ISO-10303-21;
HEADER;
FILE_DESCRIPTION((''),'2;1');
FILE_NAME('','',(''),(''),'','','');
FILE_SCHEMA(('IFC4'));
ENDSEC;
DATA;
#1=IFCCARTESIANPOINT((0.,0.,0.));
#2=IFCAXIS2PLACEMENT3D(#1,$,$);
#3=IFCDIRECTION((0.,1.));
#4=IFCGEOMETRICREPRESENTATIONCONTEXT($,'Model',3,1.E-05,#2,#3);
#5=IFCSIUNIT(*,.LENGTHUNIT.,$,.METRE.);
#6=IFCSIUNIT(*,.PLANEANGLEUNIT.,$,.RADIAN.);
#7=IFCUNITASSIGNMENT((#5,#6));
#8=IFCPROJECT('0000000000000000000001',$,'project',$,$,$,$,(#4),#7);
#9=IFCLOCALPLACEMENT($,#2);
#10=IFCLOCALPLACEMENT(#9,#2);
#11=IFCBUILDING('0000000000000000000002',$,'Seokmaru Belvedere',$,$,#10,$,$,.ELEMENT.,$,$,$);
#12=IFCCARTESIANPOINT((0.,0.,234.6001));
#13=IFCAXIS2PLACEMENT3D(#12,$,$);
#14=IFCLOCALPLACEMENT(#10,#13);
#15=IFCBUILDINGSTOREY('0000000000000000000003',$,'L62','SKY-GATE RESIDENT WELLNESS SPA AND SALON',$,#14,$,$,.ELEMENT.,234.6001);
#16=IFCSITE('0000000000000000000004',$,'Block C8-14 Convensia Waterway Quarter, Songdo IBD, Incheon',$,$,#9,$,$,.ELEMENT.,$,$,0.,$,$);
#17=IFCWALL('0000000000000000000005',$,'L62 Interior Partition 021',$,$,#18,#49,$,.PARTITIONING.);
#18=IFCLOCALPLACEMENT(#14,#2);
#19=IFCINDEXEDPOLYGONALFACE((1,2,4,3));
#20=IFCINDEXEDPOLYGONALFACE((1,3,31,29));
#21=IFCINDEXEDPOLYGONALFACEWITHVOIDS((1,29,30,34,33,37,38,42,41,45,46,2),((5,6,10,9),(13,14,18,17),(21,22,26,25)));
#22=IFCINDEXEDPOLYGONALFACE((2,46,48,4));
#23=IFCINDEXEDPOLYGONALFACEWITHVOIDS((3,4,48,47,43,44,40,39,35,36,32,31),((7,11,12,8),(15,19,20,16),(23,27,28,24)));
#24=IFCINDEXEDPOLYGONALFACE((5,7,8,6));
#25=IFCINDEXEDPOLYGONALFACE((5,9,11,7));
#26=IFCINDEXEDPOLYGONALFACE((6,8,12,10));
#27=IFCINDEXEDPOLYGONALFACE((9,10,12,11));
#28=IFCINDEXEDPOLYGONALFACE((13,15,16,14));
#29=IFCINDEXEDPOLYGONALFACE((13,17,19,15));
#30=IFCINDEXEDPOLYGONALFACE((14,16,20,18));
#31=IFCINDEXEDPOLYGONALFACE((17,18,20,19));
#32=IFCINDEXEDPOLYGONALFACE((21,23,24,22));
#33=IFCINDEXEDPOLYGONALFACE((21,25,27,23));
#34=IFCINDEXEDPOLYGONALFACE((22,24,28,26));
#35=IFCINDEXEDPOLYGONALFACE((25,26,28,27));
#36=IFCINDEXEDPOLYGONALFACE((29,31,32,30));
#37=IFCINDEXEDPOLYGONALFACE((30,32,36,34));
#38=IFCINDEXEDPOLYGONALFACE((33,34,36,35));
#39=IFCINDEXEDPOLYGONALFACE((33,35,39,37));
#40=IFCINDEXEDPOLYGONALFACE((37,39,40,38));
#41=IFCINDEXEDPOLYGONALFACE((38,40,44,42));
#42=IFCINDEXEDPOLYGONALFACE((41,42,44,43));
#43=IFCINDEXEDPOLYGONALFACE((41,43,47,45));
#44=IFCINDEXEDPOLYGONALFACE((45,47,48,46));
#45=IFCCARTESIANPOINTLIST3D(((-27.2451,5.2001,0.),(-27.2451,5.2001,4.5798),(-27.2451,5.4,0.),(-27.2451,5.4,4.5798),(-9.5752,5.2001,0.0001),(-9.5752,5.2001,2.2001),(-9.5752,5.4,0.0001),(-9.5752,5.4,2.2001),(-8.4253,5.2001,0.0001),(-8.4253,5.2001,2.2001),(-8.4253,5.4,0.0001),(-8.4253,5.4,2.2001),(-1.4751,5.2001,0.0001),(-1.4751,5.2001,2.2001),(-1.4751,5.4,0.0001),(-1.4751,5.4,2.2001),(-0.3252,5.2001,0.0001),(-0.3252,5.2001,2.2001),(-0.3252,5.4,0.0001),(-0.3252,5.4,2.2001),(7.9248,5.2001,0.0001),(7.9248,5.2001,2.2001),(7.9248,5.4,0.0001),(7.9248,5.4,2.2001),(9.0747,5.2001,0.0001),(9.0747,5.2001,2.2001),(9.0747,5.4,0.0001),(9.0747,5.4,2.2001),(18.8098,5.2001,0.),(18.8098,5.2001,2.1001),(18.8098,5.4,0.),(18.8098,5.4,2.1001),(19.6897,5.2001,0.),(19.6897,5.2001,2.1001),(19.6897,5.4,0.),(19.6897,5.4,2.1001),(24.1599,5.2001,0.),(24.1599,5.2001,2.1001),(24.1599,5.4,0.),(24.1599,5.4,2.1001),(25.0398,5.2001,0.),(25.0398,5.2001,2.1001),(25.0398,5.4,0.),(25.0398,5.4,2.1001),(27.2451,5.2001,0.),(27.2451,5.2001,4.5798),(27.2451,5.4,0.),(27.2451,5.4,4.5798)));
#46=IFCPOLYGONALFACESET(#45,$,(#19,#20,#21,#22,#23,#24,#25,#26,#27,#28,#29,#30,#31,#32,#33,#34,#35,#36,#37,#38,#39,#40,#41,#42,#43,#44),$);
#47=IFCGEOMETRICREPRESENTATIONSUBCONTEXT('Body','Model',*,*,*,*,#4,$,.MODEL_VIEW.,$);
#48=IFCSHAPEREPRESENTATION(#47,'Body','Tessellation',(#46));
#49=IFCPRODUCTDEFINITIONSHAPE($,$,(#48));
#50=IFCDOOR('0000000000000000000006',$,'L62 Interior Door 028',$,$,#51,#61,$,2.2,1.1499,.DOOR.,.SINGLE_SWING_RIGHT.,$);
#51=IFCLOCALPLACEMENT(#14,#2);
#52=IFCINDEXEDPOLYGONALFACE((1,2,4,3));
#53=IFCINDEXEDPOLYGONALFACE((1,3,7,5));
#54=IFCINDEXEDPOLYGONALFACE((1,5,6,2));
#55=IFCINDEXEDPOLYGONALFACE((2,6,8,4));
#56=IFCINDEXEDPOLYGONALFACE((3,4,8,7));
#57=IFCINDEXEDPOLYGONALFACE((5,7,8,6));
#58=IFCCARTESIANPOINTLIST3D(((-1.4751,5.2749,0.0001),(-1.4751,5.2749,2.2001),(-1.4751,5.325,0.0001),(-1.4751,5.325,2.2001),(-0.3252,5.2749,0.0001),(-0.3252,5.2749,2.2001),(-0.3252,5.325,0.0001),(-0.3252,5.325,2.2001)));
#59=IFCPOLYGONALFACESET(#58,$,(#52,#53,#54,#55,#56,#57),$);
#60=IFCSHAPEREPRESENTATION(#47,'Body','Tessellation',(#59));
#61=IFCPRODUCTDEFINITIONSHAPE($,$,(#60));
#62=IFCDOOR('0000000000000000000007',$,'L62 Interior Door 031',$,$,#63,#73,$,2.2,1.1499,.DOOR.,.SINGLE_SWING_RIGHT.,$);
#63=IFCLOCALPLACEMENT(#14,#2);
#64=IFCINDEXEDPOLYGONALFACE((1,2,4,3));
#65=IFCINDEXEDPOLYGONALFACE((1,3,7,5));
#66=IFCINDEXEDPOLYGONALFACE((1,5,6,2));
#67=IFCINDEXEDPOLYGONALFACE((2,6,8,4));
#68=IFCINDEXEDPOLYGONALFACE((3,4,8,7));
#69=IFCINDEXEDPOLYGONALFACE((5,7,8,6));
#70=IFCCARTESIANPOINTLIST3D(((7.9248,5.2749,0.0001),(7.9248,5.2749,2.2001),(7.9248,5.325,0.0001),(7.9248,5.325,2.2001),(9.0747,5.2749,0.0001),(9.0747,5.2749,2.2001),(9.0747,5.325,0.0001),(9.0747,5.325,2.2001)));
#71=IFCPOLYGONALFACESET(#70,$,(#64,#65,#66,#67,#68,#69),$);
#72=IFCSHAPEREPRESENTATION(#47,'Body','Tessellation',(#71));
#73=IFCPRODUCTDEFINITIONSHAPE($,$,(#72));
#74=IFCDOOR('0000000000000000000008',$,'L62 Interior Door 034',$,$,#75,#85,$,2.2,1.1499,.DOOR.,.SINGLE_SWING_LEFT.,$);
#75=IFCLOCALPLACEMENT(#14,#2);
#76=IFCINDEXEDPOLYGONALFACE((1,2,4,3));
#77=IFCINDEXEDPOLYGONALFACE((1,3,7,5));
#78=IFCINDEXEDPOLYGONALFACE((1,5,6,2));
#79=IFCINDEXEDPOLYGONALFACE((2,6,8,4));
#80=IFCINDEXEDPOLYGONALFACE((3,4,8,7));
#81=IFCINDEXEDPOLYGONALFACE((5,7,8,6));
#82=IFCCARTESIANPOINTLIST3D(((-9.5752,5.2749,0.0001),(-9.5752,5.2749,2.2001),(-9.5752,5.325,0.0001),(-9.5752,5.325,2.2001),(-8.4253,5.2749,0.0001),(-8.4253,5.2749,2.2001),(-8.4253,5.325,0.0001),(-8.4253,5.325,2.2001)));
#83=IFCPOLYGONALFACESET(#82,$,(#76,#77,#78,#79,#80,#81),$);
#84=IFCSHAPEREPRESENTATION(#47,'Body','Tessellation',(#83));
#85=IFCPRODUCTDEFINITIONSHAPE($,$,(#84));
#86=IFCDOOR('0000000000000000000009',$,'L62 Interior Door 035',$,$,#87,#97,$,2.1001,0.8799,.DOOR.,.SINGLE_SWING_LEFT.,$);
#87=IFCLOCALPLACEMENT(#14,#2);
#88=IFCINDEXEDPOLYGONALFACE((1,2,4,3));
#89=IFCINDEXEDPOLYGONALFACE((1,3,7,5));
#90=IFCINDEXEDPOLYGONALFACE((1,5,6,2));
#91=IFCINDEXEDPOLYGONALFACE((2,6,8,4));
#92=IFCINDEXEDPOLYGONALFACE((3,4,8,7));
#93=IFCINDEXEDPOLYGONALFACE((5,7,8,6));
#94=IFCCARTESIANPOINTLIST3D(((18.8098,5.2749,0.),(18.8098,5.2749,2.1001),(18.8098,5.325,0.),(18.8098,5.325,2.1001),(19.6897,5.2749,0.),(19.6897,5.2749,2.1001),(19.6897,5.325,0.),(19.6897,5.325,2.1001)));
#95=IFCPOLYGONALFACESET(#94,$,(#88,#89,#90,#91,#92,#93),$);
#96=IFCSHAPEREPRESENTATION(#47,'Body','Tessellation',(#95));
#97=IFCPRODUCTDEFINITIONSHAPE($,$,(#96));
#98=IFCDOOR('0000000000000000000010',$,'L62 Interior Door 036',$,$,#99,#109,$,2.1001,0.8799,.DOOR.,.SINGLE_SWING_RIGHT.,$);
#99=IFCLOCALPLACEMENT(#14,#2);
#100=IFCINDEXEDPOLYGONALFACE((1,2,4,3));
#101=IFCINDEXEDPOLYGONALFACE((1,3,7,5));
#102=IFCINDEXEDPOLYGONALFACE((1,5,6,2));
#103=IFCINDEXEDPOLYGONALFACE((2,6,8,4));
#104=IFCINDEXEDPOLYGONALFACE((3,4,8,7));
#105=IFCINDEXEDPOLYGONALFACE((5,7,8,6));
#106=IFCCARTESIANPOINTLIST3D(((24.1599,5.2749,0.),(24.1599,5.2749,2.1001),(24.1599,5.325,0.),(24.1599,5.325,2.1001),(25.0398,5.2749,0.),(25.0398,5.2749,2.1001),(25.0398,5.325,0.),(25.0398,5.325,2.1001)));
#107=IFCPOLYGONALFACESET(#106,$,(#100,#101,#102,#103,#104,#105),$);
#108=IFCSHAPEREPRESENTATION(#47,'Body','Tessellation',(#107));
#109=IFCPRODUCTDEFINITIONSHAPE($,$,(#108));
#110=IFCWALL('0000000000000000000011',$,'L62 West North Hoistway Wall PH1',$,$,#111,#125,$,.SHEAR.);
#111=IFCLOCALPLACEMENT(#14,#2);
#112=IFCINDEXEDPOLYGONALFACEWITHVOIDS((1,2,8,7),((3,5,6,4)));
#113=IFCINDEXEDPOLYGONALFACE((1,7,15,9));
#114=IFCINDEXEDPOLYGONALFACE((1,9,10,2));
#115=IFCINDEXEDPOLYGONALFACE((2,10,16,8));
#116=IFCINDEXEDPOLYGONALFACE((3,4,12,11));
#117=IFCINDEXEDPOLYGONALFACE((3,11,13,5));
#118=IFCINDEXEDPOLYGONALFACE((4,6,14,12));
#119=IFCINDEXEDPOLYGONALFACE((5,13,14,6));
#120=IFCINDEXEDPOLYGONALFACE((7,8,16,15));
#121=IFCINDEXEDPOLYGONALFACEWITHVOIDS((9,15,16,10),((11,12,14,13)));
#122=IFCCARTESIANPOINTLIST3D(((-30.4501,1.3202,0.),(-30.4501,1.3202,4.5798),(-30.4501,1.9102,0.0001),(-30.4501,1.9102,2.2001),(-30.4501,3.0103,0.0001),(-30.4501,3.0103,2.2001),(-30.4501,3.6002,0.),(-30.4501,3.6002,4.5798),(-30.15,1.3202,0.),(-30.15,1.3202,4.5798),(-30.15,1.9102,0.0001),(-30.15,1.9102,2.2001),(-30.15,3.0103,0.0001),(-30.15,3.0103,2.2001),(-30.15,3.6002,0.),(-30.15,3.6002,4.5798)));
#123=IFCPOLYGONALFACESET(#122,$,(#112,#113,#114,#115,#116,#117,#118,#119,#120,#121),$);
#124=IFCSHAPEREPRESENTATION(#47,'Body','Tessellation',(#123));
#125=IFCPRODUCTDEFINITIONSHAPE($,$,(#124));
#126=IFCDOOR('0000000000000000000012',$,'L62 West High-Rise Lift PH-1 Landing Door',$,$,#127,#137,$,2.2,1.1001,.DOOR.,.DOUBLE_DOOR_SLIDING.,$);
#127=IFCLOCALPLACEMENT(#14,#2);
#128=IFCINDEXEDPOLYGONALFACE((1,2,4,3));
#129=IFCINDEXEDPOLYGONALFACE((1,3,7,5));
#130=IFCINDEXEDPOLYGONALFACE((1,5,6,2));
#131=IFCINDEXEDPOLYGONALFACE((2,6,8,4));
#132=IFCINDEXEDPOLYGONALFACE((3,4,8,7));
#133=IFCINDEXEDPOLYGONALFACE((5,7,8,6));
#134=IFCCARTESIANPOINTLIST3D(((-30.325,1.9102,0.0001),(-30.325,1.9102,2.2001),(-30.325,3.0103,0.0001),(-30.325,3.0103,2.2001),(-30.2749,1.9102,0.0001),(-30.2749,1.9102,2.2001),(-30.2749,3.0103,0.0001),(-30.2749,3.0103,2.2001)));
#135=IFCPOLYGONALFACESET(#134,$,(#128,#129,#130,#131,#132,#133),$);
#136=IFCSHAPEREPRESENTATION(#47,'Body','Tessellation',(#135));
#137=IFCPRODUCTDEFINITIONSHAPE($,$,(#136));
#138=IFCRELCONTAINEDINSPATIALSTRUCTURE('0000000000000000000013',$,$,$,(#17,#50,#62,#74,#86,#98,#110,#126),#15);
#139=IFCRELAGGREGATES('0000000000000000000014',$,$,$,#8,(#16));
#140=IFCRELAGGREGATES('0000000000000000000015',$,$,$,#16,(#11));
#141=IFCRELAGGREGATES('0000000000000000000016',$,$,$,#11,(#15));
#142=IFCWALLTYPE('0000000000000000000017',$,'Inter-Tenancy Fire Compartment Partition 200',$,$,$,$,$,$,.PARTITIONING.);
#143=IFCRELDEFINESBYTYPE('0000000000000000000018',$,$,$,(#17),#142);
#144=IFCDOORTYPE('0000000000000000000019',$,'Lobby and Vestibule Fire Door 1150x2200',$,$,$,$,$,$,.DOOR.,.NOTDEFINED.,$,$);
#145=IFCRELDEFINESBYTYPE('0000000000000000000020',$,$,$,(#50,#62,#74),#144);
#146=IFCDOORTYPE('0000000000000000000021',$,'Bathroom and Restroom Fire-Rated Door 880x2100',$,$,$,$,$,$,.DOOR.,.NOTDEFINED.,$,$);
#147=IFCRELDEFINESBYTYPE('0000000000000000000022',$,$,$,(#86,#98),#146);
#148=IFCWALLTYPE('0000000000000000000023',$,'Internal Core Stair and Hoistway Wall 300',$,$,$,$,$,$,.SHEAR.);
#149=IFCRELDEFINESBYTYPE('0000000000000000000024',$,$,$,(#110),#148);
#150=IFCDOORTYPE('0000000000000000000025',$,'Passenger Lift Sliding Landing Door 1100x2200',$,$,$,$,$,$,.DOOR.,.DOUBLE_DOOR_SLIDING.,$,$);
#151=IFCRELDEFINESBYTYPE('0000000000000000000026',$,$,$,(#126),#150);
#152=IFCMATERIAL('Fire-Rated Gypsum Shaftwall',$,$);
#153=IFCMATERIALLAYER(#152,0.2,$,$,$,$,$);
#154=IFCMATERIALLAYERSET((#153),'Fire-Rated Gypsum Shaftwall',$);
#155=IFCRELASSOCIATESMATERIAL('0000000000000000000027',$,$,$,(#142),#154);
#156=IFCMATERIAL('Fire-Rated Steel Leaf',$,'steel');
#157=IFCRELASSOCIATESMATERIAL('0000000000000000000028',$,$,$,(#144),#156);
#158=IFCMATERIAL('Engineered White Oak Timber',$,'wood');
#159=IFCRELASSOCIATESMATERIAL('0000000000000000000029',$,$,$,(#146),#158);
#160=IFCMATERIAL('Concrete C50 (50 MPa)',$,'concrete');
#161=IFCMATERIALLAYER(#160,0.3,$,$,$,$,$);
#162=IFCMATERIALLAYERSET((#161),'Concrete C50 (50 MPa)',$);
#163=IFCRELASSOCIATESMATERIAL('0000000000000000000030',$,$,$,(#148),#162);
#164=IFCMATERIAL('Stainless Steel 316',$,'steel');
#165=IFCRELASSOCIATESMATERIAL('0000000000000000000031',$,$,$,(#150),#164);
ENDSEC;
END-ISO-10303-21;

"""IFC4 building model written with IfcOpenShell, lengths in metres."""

from ifc_helpers import new_model, si_unit, direction, frame, frame_2d, origin, place, context, subcontext, project, spatial, rectangle, extrude, source, transform, mapped, material, layer, layer_set, type_object, type_shapes, element, fill, save


model = new_model("IFC4")

# Units and contexts
model_context = context("Model", 3, precision=1e-05, world=origin(), true_north=direction((0.0, 1.0)))
body_context = subcontext(model_context, "Body", "Model", "MODEL_VIEW")
ifc_project = project(units=[si_unit("LENGTHUNIT", "METRE"), si_unit("PLANEANGLEUNIT", "RADIAN")], contexts=[model_context])

# Site, building, storey
site_placement = place(None, origin())
site = spatial("IfcSite", under=ifc_project, at=site_placement, Name="Block C8-14 Convensia Waterway Quarter, Songdo IBD, Incheon", CompositionType="ELEMENT", RefElevation=0.0)
building_placement = place(site_placement, origin())
building = spatial("IfcBuilding", under=site, at=building_placement, Name="Seokmaru Belvedere", CompositionType="ELEMENT")
storey_placement = place(building_placement, frame((0.0, 0.0, 234.6001)))
storey = spatial("IfcBuildingStorey", under=building, at=storey_placement, Name="L62", Description="SKY-GATE RESIDENT WELLNESS SPA AND SALON", CompositionType="ELEMENT", Elevation=234.6001)

# Shared definitions
ifc_material_1 = material(Name="Fire-Rated Gypsum Shaftwall")
ifc_material_2 = material(Name="Engineered White Oak Timber", Category="wood")

# Shared definitions
ifc_material_3 = material(Name="Concrete C50 (50 MPa)", Category="concrete")

# Wall, openings, doors
ifc_layer_1 = layer(ifc_material_1, 0.2)
ifc_layer_set_1 = layer_set([ifc_layer_1], Name="Fire-Rated Gypsum Shaftwall")
wall_type_1 = type_object("IfcWallType", Name="Inter-Tenancy Fire Compartment Partition 200", PredefinedType="PARTITIONING", material=ifc_layer_set_1)
wall_1_placement = place(storey_placement, frame((-27.2451, 5.3, 0.0), z_axis=(0.0, 0.0, 1.0), x_axis=(1.0, 0.0, 0.0)))
wall_1 = element("IfcWall", 1, at=wall_1_placement, inside=storey, type_object=wall_type_1, Name="L62 Interior Partition 021", PredefinedType="PARTITIONING", context=body_context, shape_type="SweptSolid", body=[
    extrude(rectangle(XDim=54.4902, YDim=0.2, at=frame_2d((27.2451, 0.0))), origin(), (0.0, 0.0, 1.0), 4.5798),
])
opening_1_placement = place(wall_1_placement, frame((25.77, 0.0, 0.0)))
opening_1 = element("IfcOpeningElement", 2, at=opening_1_placement, cuts=wall_1, PredefinedType="OPENING", context=body_context, shape_type="SweptSolid", body=[
    extrude(rectangle(XDim=1.1499, YDim=2.2, at=frame_2d((0.575, 1.1001))), frame((0.0, 0.1099, 0.0), z_axis=(0.0, -1.0, 0.0), x_axis=(1.0, 0.0, 0.0)), (0.0, 0.0, 1.0), 0.22),
])
opening_2_placement = place(wall_1_placement, frame((35.1699, 0.0, 0.0)))
opening_2 = element("IfcOpeningElement", 3, at=opening_2_placement, cuts=wall_1, PredefinedType="OPENING", context=body_context, shape_type="SweptSolid", body=[
    extrude(rectangle(XDim=1.1499, YDim=2.2, at=frame_2d((0.575, 1.1001))), frame((0.0, 0.1099, 0.0), z_axis=(0.0, -1.0, 0.0), x_axis=(1.0, 0.0, 0.0)), (0.0, 0.0, 1.0), 0.22),
])
opening_3_placement = place(wall_1_placement, frame((17.6699, 0.0, 0.0)))
opening_3 = element("IfcOpeningElement", 4, at=opening_3_placement, cuts=wall_1, PredefinedType="OPENING", context=body_context, shape_type="SweptSolid", body=[
    extrude(rectangle(XDim=1.1499, YDim=2.2, at=frame_2d((0.575, 1.1001))), frame((0.0, 0.1099, 0.0), z_axis=(0.0, -1.0, 0.0), x_axis=(1.0, 0.0, 0.0)), (0.0, 0.0, 1.0), 0.22),
])
opening_4_placement = place(wall_1_placement, frame((46.0549, 0.0, 0.0)))
opening_4 = element("IfcOpeningElement", 5, at=opening_4_placement, cuts=wall_1, PredefinedType="OPENING", context=body_context, shape_type="SweptSolid", body=[
    extrude(rectangle(XDim=0.8799, YDim=2.1001, at=frame_2d((0.4399, 1.05))), frame((0.0, 0.1099, 0.0), z_axis=(0.0, -1.0, 0.0), x_axis=(1.0, 0.0, 0.0)), (0.0, 0.0, 1.0), 0.22),
])
opening_5_placement = place(wall_1_placement, frame((51.405, 0.0, 0.0)))
opening_5 = element("IfcOpeningElement", 6, at=opening_5_placement, cuts=wall_1, PredefinedType="OPENING", context=body_context, shape_type="SweptSolid", body=[
    extrude(rectangle(XDim=0.8799, YDim=2.1001, at=frame_2d((0.4399, 1.05))), frame((0.0, 0.1099, 0.0), z_axis=(0.0, -1.0, 0.0), x_axis=(1.0, 0.0, 0.0)), (0.0, 0.0, 1.0), 0.22),
])
ifc_material_4 = material(Name="Fire-Rated Steel Leaf", Category="steel")
door_type_1 = type_object("IfcDoorType", Name="Lobby and Vestibule Fire Door 1150x2200", OperationType="NOTDEFINED", PredefinedType="DOOR", material=ifc_material_4)
shared_shape_1 = source(origin(), body_context, "Body", "SweptSolid", [
    extrude(rectangle(XDim=1.1499, YDim=2.2, at=frame_2d((0.575, 1.1001))), frame((0.0, 0.0249, 0.0), z_axis=(0.0, -1.0, 0.0), x_axis=(1.0, 0.0, 0.0)), (0.0, 0.0, 1.0), 0.05),
])
type_shapes(door_type_1, [shared_shape_1])
door_1_placement = place(opening_1_placement, origin())
door_1 = element("IfcDoor", 7, at=door_1_placement, inside=storey, type_object=door_type_1, Name="L62 Interior Door 028", OperationType="SINGLE_SWING_RIGHT", OverallHeight=2.2, OverallWidth=1.1499, PredefinedType="DOOR", context=body_context, shape_type="MappedRepresentation", body=[
    mapped(shared_shape_1, transform((0.0, 0.0, 0.0), scale=1.0)),
])
fill(opening_1, door_1)
door_2_placement = place(opening_2_placement, origin())
door_2 = element("IfcDoor", 8, at=door_2_placement, inside=storey, type_object=door_type_1, Name="L62 Interior Door 031", OperationType="SINGLE_SWING_RIGHT", OverallHeight=2.2, OverallWidth=1.1499, PredefinedType="DOOR", context=body_context, shape_type="MappedRepresentation", body=[
    mapped(shared_shape_1, transform((0.0, 0.0, 0.0), scale=1.0)),
])
fill(opening_2, door_2)
door_3_placement = place(opening_3_placement, origin())
door_3 = element("IfcDoor", 9, at=door_3_placement, inside=storey, type_object=door_type_1, Name="L62 Interior Door 034", OperationType="SINGLE_SWING_LEFT", OverallHeight=2.2, OverallWidth=1.1499, PredefinedType="DOOR", context=body_context, shape_type="MappedRepresentation", body=[
    mapped(shared_shape_1, transform((0.0, 0.0, 0.0), scale=1.0)),
])
fill(opening_3, door_3)
door_type_2 = type_object("IfcDoorType", Name="Bathroom and Restroom Fire-Rated Door 880x2100", OperationType="NOTDEFINED", PredefinedType="DOOR", material=ifc_material_2)
shared_shape_2 = source(origin(), body_context, "Body", "SweptSolid", [
    extrude(rectangle(XDim=0.8799, YDim=2.1001, at=frame_2d((0.4399, 1.05))), frame((0.0, 0.0249, 0.0), z_axis=(0.0, -1.0, 0.0), x_axis=(1.0, 0.0, 0.0)), (0.0, 0.0, 1.0), 0.05),
])
type_shapes(door_type_2, [shared_shape_2])
door_4_placement = place(opening_4_placement, origin())
door_4 = element("IfcDoor", 10, at=door_4_placement, inside=storey, type_object=door_type_2, Name="L62 Interior Door 035", OperationType="SINGLE_SWING_LEFT", OverallHeight=2.1001, OverallWidth=0.8799, PredefinedType="DOOR", context=body_context, shape_type="MappedRepresentation", body=[
    mapped(shared_shape_2, transform((0.0, 0.0, 0.0), scale=1.0)),
])
fill(opening_4, door_4)
door_5_placement = place(opening_5_placement, origin())
door_5 = element("IfcDoor", 11, at=door_5_placement, inside=storey, type_object=door_type_2, Name="L62 Interior Door 036", OperationType="SINGLE_SWING_RIGHT", OverallHeight=2.1001, OverallWidth=0.8799, PredefinedType="DOOR", context=body_context, shape_type="MappedRepresentation", body=[
    mapped(shared_shape_2, transform((0.0, 0.0, 0.0), scale=1.0)),
])
fill(opening_5, door_5)

# Wall, opening, door
ifc_layer_2 = layer(ifc_material_3, 0.3)
ifc_layer_set_2 = layer_set([ifc_layer_2], Name="Concrete C50 (50 MPa)")
wall_type_2 = type_object("IfcWallType", Name="Internal Core Stair and Hoistway Wall 300", PredefinedType="SHEAR", material=ifc_layer_set_2)
wall_2_placement = place(storey_placement, frame((-30.3, 1.3201, 0.0), z_axis=(0.0, 0.0, 1.0), x_axis=(0.0, 1.0, 0.0)))
wall_2 = element("IfcWall", 12, at=wall_2_placement, inside=storey, type_object=wall_type_2, Name="L62 West North Hoistway Wall PH1", PredefinedType="SHEAR", context=body_context, shape_type="SweptSolid", body=[
    extrude(rectangle(XDim=2.28, YDim=0.3, at=frame_2d((1.1401, 0.0))), origin(), (0.0, 0.0, 1.0), 4.5798),
])
opening_6_placement = place(wall_2_placement, frame((0.5901, 0.0, 0.0)))
opening_6 = element("IfcOpeningElement", 13, at=opening_6_placement, cuts=wall_2, PredefinedType="OPENING", context=body_context, shape_type="SweptSolid", body=[
    extrude(rectangle(XDim=1.1001, YDim=2.2, at=frame_2d((0.55, 1.1001))), frame((0.0, 0.1602, 0.0), z_axis=(0.0, -1.0, 0.0), x_axis=(1.0, 0.0, 0.0)), (0.0, 0.0, 1.0), 0.3201),
])
ifc_material_5 = material(Name="Stainless Steel 316", Category="steel")
door_type_3 = type_object("IfcDoorType", Name="Passenger Lift Sliding Landing Door 1100x2200", OperationType="DOUBLE_DOOR_SLIDING", PredefinedType="DOOR", material=ifc_material_5)
shared_shape_3 = source(origin(), body_context, "Body", "SweptSolid", [
    extrude(rectangle(XDim=1.1001, YDim=2.2, at=frame_2d((0.55, 1.1001))), frame((0.0, 0.0249, 0.0), z_axis=(0.0, -1.0, 0.0), x_axis=(1.0, 0.0, 0.0)), (0.0, 0.0, 1.0), 0.05),
])
type_shapes(door_type_3, [shared_shape_3])
door_6_placement = place(opening_6_placement, origin())
door_6 = element("IfcDoor", 14, at=door_6_placement, inside=storey, type_object=door_type_3, Name="L62 West High-Rise Lift PH-1 Landing Door", OperationType="DOUBLE_DOOR_SLIDING", OverallHeight=2.2, OverallWidth=1.1001, PredefinedType="DOOR", context=body_context, shape_type="MappedRepresentation", body=[
    mapped(shared_shape_3, transform((0.0, 0.0, 0.0), scale=1.0)),
])
fill(opening_6, door_6)

save(model, "model.ifc")
